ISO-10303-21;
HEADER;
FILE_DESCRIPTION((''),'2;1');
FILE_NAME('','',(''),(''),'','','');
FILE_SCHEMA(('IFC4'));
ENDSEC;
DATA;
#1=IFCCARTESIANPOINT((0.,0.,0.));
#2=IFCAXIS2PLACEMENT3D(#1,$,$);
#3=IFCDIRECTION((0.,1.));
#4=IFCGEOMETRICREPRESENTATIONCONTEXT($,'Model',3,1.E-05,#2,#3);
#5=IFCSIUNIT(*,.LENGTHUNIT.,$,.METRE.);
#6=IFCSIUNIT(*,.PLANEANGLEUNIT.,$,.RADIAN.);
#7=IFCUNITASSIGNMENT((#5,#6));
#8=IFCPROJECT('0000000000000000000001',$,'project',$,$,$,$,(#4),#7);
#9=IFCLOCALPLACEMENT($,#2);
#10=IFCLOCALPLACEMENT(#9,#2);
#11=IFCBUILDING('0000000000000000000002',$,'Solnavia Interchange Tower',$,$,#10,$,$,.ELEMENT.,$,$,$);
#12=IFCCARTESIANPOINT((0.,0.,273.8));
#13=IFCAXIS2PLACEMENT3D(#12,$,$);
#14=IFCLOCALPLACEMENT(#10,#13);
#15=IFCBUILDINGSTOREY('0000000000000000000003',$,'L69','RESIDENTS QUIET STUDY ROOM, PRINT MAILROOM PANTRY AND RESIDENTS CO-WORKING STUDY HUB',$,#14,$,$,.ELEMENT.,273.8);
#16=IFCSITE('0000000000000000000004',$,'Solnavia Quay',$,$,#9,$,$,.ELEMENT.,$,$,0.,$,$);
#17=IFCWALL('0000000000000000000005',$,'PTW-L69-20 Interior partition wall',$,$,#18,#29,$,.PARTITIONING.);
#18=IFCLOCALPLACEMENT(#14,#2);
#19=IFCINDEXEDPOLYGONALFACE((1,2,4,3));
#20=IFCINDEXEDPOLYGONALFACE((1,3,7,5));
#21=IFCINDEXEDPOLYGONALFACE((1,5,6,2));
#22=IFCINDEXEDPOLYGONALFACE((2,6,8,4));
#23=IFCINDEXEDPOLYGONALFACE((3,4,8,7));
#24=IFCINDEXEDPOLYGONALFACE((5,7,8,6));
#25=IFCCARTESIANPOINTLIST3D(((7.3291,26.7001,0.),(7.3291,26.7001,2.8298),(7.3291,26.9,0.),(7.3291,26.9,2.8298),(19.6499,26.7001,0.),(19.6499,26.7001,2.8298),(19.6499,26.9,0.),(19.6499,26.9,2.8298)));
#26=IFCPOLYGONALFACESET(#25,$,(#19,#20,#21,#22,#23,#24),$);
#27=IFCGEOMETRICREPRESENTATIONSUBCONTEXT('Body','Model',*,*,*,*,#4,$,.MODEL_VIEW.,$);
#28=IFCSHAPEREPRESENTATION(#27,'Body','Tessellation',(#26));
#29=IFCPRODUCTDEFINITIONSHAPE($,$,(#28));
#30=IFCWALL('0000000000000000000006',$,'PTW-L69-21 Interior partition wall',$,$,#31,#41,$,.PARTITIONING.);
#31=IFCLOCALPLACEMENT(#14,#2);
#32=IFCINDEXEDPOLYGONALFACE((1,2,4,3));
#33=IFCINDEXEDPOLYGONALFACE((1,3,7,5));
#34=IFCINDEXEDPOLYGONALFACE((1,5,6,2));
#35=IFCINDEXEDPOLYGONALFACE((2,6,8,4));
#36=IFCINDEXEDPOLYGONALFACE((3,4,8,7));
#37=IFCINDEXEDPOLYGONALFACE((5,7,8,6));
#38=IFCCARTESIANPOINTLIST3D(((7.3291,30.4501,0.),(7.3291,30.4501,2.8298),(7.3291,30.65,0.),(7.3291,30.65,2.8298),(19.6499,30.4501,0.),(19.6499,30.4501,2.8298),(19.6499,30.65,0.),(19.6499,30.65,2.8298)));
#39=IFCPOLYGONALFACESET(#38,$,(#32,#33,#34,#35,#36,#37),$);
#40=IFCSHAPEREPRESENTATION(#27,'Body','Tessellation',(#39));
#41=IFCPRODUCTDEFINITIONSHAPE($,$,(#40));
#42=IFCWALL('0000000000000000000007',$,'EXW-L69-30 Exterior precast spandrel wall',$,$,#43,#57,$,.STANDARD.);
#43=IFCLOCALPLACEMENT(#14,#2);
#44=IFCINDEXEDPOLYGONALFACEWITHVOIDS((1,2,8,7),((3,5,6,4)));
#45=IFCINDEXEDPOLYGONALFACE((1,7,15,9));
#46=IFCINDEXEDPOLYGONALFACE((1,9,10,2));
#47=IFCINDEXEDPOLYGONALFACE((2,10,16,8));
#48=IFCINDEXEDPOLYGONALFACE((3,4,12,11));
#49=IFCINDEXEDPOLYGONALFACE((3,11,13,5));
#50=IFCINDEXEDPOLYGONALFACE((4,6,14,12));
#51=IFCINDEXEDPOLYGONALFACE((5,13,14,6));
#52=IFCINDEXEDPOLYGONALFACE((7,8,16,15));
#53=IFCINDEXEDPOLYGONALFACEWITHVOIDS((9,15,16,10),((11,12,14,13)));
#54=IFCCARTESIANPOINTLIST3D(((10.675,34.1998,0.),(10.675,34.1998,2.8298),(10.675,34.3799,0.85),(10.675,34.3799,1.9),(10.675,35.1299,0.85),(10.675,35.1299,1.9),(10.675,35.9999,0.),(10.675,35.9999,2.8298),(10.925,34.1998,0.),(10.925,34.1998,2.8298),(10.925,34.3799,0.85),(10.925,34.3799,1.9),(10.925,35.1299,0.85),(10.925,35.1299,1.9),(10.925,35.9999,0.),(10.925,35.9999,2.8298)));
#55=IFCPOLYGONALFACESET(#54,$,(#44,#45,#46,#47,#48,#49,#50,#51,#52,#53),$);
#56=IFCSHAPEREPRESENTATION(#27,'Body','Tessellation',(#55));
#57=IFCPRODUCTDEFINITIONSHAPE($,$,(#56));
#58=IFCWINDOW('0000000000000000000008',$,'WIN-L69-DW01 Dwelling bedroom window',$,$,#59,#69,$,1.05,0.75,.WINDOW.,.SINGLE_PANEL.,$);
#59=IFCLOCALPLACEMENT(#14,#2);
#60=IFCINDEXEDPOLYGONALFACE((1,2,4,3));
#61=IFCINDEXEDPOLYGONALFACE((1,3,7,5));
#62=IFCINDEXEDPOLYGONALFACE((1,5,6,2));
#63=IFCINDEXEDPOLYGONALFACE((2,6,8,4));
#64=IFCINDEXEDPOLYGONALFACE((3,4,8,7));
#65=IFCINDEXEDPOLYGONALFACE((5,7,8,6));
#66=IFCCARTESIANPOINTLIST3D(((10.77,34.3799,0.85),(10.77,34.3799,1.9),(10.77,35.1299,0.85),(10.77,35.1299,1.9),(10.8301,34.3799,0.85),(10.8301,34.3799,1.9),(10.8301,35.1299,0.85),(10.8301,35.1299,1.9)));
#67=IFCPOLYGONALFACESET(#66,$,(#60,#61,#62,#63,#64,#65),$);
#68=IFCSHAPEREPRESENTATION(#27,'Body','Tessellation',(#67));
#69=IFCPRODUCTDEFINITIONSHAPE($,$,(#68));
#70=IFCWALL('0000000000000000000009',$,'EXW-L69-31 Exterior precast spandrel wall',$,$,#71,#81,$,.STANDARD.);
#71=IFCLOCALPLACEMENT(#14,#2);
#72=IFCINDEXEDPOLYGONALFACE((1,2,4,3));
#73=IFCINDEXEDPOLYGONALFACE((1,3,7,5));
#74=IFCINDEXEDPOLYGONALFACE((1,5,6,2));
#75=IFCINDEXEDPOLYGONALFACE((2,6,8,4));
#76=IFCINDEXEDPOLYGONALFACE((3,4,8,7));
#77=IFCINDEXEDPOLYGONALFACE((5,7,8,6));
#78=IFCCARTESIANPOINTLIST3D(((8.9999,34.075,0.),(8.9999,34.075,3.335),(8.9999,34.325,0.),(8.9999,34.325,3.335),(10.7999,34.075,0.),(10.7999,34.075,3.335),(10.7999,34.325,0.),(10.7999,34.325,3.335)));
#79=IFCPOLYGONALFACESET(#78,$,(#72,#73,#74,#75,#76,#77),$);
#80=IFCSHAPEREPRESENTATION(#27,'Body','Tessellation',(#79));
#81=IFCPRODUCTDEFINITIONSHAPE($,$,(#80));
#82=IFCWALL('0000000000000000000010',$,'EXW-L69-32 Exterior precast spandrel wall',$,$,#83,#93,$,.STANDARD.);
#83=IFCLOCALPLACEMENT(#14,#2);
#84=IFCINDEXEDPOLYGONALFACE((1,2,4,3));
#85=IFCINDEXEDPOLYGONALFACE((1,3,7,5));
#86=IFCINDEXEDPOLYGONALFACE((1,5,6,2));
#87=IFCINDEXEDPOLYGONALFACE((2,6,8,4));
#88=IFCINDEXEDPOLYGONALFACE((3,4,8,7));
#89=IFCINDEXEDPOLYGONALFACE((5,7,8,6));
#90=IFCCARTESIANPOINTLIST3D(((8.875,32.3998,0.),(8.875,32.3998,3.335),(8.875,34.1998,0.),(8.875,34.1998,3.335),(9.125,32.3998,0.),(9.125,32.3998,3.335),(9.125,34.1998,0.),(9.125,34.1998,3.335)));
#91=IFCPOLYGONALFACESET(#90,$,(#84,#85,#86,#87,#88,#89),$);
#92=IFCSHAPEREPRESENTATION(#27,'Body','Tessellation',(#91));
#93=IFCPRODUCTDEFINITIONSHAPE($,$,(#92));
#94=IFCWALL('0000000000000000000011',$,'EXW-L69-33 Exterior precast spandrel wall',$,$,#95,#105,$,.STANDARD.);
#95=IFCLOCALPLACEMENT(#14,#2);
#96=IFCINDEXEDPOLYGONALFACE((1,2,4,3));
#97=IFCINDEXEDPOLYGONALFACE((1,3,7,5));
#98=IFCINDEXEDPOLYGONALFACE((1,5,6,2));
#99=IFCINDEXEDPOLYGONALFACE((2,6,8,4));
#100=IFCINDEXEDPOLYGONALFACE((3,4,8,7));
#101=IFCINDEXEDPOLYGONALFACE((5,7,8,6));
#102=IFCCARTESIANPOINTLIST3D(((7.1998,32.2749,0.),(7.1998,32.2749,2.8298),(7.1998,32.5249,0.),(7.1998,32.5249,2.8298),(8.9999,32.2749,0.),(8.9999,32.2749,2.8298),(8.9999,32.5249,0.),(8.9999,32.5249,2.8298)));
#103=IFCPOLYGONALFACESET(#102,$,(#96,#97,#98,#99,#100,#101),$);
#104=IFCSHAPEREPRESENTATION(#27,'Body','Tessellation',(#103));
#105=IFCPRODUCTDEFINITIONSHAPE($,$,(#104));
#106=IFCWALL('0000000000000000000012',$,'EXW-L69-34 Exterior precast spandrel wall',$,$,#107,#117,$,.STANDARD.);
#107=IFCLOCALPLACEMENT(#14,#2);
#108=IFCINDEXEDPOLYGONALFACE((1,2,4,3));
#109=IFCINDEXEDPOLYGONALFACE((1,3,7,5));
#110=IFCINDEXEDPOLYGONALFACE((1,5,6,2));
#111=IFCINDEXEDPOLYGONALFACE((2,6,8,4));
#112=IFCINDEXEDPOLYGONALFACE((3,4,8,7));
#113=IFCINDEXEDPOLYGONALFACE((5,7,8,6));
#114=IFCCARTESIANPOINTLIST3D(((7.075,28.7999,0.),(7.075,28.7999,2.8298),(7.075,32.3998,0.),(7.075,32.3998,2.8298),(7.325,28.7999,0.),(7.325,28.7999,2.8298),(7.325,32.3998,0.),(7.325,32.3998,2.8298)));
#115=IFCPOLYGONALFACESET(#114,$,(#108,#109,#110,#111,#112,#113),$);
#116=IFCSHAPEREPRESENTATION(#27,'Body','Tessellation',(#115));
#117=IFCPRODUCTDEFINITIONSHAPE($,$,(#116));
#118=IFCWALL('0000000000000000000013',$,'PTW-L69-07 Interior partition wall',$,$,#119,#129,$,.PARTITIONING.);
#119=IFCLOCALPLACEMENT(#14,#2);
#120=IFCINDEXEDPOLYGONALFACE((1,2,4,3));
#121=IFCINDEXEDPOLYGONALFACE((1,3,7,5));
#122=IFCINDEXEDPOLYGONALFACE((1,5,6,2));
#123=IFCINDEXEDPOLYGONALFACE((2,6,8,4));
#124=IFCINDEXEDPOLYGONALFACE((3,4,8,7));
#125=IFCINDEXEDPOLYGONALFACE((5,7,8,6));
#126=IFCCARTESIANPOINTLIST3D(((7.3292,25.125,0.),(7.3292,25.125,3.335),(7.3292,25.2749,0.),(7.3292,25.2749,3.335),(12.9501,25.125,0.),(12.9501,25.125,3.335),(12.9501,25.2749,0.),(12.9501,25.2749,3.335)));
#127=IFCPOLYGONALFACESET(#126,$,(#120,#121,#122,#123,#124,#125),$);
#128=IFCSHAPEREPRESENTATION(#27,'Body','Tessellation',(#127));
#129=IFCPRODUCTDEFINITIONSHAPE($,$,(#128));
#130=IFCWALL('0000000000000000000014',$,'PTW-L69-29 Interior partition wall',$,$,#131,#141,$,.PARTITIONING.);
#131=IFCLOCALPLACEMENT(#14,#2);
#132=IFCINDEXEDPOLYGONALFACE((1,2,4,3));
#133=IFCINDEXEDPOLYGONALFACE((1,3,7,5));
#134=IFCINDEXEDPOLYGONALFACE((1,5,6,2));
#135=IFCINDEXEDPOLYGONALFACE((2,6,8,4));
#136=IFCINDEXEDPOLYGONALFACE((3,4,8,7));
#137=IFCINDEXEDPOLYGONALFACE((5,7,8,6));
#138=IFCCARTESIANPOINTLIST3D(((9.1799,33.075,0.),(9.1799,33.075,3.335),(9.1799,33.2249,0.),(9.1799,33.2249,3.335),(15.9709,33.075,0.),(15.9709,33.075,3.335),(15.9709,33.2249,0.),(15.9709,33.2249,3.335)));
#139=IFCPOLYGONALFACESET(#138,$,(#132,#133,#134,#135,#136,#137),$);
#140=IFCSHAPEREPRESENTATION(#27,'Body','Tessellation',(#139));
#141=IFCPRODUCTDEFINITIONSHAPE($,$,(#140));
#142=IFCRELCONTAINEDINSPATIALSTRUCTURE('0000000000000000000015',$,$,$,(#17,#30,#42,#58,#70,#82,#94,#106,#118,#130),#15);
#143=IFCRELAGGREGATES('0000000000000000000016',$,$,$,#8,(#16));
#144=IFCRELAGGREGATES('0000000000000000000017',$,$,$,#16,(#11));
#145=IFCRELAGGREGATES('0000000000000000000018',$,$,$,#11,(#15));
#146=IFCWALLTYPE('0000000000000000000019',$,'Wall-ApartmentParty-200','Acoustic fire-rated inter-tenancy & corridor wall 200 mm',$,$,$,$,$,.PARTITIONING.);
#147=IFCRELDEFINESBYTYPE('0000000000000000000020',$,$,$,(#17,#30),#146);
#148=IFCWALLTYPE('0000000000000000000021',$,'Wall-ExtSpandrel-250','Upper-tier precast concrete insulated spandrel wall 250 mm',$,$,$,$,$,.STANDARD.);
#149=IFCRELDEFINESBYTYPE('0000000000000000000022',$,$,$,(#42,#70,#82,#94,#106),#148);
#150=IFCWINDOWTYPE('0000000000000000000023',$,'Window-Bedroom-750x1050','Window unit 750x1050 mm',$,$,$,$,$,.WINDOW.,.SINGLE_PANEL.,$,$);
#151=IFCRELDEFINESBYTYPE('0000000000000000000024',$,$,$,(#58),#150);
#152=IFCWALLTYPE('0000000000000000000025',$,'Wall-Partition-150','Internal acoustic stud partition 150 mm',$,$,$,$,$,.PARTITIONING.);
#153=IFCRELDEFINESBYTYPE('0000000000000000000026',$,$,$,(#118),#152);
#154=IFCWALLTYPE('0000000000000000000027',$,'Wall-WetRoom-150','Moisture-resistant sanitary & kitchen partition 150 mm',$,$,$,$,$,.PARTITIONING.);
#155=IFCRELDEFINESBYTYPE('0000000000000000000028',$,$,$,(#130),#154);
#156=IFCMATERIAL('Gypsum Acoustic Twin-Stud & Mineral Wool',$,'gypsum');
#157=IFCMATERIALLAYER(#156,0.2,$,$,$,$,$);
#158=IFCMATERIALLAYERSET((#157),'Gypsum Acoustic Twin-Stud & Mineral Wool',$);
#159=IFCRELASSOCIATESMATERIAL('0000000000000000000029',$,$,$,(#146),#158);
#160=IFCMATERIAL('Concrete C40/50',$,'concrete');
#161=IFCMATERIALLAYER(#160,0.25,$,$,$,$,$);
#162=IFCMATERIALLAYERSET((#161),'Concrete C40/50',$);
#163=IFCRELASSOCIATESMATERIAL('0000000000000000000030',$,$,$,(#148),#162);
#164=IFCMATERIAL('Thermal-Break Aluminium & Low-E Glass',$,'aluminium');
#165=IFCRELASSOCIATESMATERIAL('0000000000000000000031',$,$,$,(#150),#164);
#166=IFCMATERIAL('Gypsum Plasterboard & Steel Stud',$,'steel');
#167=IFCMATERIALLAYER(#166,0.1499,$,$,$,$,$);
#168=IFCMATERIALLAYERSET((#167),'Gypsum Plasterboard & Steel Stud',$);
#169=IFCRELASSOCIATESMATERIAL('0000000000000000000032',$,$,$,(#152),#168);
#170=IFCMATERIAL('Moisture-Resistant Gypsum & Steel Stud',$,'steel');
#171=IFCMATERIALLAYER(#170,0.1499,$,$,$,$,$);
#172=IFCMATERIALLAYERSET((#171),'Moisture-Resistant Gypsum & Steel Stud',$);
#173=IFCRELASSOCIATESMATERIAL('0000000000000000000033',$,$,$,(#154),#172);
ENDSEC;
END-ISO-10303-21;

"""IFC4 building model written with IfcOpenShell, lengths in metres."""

from ifc_helpers import new_model, si_unit, direction, frame, frame_2d, origin, place, context, subcontext, project, spatial, rectangle, extrude, material, layer, layer_set, type_object, element, fill, save


model = new_model("IFC4")

# Units and contexts
model_context = context("Model", 3, precision=1e-05, world=origin(), true_north=direction((0.0, 1.0)))
body_context = subcontext(model_context, "Body", "Model", "MODEL_VIEW")
ifc_project = project(units=[si_unit("LENGTHUNIT", "METRE"), si_unit("PLANEANGLEUNIT", "RADIAN")], contexts=[model_context])

# Site, building, storey
site_placement = place(None, origin())
site = spatial("IfcSite", under=ifc_project, at=site_placement, Name="Solnavia Quay", CompositionType="ELEMENT", RefElevation=0.0)
building_placement = place(site_placement, origin())
building = spatial("IfcBuilding", under=site, at=building_placement, Name="Solnavia Interchange Tower", CompositionType="ELEMENT")
storey_placement = place(building_placement, frame((0.0, 0.0, 273.8)))
storey = spatial("IfcBuildingStorey", under=building, at=storey_placement, Name="L69", Description="RESIDENTS QUIET STUDY ROOM, PRINT MAILROOM PANTRY AND RESIDENTS CO-WORKING STUDY HUB", CompositionType="ELEMENT", Elevation=273.8)

# Walls
ifc_material_1 = material(Name="Gypsum Acoustic Twin-Stud & Mineral Wool", Category="gypsum")
ifc_layer_1 = layer(ifc_material_1, 0.2)
ifc_layer_set_1 = layer_set([ifc_layer_1], Name="Gypsum Acoustic Twin-Stud & Mineral Wool")
wall_type_1 = type_object("IfcWallType", Name="Wall-ApartmentParty-200", Description="Acoustic fire-rated inter-tenancy & corridor wall 200 mm", PredefinedType="PARTITIONING", material=ifc_layer_set_1)
for number, where, z_axis, x_axis, name in (
    (1, (7.3291, 26.8, 0.0), (0.0, 0.0, 1.0), (1.0, 0.0, 0.0), "PTW-L69-20 Interior partition wall"),
    (2, (7.3291, 30.55, 0.0), (0.0, 0.0, 1.0), (1.0, 0.0, 0.0), "PTW-L69-21 Interior partition wall"),
):
    element("IfcWall", number, at=place(storey_placement, frame(where, z_axis=z_axis, x_axis=x_axis)), inside=storey, type_object=wall_type_1, Name=name, PredefinedType="PARTITIONING", context=body_context, shape_type="SweptSolid", body=[
        extrude(rectangle(XDim=12.3208, YDim=0.2, at=frame_2d((6.1604, 0.0))), origin(), (0.0, 0.0, 1.0), 2.8298),
    ])

# Wall, opening, window
ifc_material_2 = material(Name="Concrete C40/50", Category="concrete")
ifc_layer_2 = layer(ifc_material_2, 0.25)
ifc_layer_set_2 = layer_set([ifc_layer_2], Name="Concrete C40/50")
wall_type_2 = type_object("IfcWallType", Name="Wall-ExtSpandrel-250", Description="Upper-tier precast concrete insulated spandrel wall 250 mm", PredefinedType="STANDARD", material=ifc_layer_set_2)
wall_1_placement = place(storey_placement, frame((10.8, 34.2, 0.0), z_axis=(0.0, 0.0, 1.0), x_axis=(0.0, 1.0, 0.0)))
wall_1 = element("IfcWall", 3, at=wall_1_placement, inside=storey, type_object=wall_type_2, Name="EXW-L69-30 Exterior precast spandrel wall", PredefinedType="STANDARD", context=body_context, shape_type="SweptSolid", body=[
    extrude(rectangle(XDim=1.8, YDim=0.25, at=frame_2d((0.8999, 0.0))), origin(), (0.0, 0.0, 1.0), 2.8298),
])
opening_placement = place(wall_1_placement, frame((0.1799, 0.0, 0.8501)))
opening = element("IfcOpeningElement", 4, at=opening_placement, cuts=wall_1, PredefinedType="OPENING", context=body_context, shape_type="SweptSolid", body=[
    extrude(rectangle(XDim=0.75, YDim=1.05, at=frame_2d((0.375, 0.5249))), frame((0.0, 0.135, 0.0), z_axis=(0.0, -1.0, 0.0), x_axis=(1.0, 0.0, 0.0)), (0.0, 0.0, 1.0), 0.27),
])
ifc_material_3 = material(Name="Thermal-Break Aluminium & Low-E Glass", Category="aluminium")
window_type = type_object("IfcWindowType", Name="Window-Bedroom-750x1050", Description="Window unit 750x1050 mm", PartitioningType="SINGLE_PANEL", PredefinedType="WINDOW", material=ifc_material_3)
window_placement = place(opening_placement, origin())
window = element("IfcWindow", 5, at=window_placement, inside=storey, type_object=window_type, Name="WIN-L69-DW01 Dwelling bedroom window", OverallHeight=1.05, OverallWidth=0.75, PartitioningType="SINGLE_PANEL", PredefinedType="WINDOW", context=body_context, shape_type="SweptSolid", body=[
    extrude(rectangle(XDim=0.75, YDim=1.05, at=frame_2d((0.375, 0.5249))), frame((0.0, 0.03, 0.0), z_axis=(0.0, -1.0, 0.0), x_axis=(1.0, 0.0, 0.0)), (0.0, 0.0, 1.0), 0.0601),
])
fill(opening, window)

# Walls
for number, where, z_axis, x_axis, name in (
    (6, (9.0, 34.2, 0.0), (0.0, 0.0, 1.0), (1.0, 0.0, 0.0), "EXW-L69-31 Exterior precast spandrel wall"),
    (7, (9.0, 32.3999, 0.0), (0.0, 0.0, 1.0), (0.0, 1.0, 0.0), "EXW-L69-32 Exterior precast spandrel wall"),
):
    element("IfcWall", number, at=place(storey_placement, frame(where, z_axis=z_axis, x_axis=x_axis)), inside=storey, type_object=wall_type_2, Name=name, PredefinedType="STANDARD", context=body_context, shape_type="SweptSolid", body=[
        extrude(rectangle(XDim=1.8, YDim=0.25, at=frame_2d((0.8999, 0.0))), origin(), (0.0, 0.0, 1.0), 3.335),
    ])
wall_2_placement = place(storey_placement, frame((7.2, 32.3999, 0.0), z_axis=(0.0, 0.0, 1.0), x_axis=(1.0, 0.0, 0.0)))
element("IfcWall", 8, at=wall_2_placement, inside=storey, type_object=wall_type_2, Name="EXW-L69-33 Exterior precast spandrel wall", PredefinedType="STANDARD", context=body_context, shape_type="SweptSolid", body=[
    extrude(rectangle(XDim=1.8, YDim=0.25, at=frame_2d((0.8999, 0.0))), origin(), (0.0, 0.0, 1.0), 2.8298),
])
wall_3_placement = place(storey_placement, frame((7.2, 28.8, 0.0), z_axis=(0.0, 0.0, 1.0), x_axis=(0.0, 1.0, 0.0)))
element("IfcWall", 9, at=wall_3_placement, inside=storey, type_object=wall_type_2, Name="EXW-L69-34 Exterior precast spandrel wall", PredefinedType="STANDARD", context=body_context, shape_type="SweptSolid", body=[
    extrude(rectangle(XDim=3.5999, YDim=0.25, at=frame_2d((1.7998, 0.0))), origin(), (0.0, 0.0, 1.0), 2.8298),
])
ifc_material_4 = material(Name="Gypsum Plasterboard & Steel Stud", Category="steel")
ifc_layer_3 = layer(ifc_material_4, 0.1499)
ifc_layer_set_3 = layer_set([ifc_layer_3], Name="Gypsum Plasterboard & Steel Stud")
wall_type_3 = type_object("IfcWallType", Name="Wall-Partition-150", Description="Internal acoustic stud partition 150 mm", PredefinedType="PARTITIONING", material=ifc_layer_set_3)
wall_4_placement = place(storey_placement, frame((7.3291, 25.2, 0.0), z_axis=(0.0, 0.0, 1.0), x_axis=(1.0, 0.0, 0.0)))
element("IfcWall", 10, at=wall_4_placement, inside=storey, type_object=wall_type_3, Name="PTW-L69-07 Interior partition wall", PredefinedType="PARTITIONING", context=body_context, shape_type="SweptSolid", body=[
    extrude(rectangle(XDim=5.6208, YDim=0.1499, at=frame_2d((2.8105, 0.0))), origin(), (0.0, 0.0, 1.0), 3.335),
])
ifc_material_5 = material(Name="Moisture-Resistant Gypsum & Steel Stud", Category="steel")
ifc_layer_4 = layer(ifc_material_5, 0.1499)
ifc_layer_set_4 = layer_set([ifc_layer_4], Name="Moisture-Resistant Gypsum & Steel Stud")
wall_type_4 = type_object("IfcWallType", Name="Wall-WetRoom-150", Description="Moisture-resistant sanitary & kitchen partition 150 mm", PredefinedType="PARTITIONING", material=ifc_layer_set_4)
wall_5_placement = place(storey_placement, frame((9.1799, 33.1499, 0.0), z_axis=(0.0, 0.0, 1.0), x_axis=(1.0, 0.0, 0.0)))
element("IfcWall", 11, at=wall_5_placement, inside=storey, type_object=wall_type_4, Name="PTW-L69-29 Interior partition wall", PredefinedType="PARTITIONING", context=body_context, shape_type="SweptSolid", body=[
    extrude(rectangle(XDim=6.791, YDim=0.1499, at=frame_2d((3.3955, 0.0))), origin(), (0.0, 0.0, 1.0), 3.335),
])

save(model, "model.ifc")
